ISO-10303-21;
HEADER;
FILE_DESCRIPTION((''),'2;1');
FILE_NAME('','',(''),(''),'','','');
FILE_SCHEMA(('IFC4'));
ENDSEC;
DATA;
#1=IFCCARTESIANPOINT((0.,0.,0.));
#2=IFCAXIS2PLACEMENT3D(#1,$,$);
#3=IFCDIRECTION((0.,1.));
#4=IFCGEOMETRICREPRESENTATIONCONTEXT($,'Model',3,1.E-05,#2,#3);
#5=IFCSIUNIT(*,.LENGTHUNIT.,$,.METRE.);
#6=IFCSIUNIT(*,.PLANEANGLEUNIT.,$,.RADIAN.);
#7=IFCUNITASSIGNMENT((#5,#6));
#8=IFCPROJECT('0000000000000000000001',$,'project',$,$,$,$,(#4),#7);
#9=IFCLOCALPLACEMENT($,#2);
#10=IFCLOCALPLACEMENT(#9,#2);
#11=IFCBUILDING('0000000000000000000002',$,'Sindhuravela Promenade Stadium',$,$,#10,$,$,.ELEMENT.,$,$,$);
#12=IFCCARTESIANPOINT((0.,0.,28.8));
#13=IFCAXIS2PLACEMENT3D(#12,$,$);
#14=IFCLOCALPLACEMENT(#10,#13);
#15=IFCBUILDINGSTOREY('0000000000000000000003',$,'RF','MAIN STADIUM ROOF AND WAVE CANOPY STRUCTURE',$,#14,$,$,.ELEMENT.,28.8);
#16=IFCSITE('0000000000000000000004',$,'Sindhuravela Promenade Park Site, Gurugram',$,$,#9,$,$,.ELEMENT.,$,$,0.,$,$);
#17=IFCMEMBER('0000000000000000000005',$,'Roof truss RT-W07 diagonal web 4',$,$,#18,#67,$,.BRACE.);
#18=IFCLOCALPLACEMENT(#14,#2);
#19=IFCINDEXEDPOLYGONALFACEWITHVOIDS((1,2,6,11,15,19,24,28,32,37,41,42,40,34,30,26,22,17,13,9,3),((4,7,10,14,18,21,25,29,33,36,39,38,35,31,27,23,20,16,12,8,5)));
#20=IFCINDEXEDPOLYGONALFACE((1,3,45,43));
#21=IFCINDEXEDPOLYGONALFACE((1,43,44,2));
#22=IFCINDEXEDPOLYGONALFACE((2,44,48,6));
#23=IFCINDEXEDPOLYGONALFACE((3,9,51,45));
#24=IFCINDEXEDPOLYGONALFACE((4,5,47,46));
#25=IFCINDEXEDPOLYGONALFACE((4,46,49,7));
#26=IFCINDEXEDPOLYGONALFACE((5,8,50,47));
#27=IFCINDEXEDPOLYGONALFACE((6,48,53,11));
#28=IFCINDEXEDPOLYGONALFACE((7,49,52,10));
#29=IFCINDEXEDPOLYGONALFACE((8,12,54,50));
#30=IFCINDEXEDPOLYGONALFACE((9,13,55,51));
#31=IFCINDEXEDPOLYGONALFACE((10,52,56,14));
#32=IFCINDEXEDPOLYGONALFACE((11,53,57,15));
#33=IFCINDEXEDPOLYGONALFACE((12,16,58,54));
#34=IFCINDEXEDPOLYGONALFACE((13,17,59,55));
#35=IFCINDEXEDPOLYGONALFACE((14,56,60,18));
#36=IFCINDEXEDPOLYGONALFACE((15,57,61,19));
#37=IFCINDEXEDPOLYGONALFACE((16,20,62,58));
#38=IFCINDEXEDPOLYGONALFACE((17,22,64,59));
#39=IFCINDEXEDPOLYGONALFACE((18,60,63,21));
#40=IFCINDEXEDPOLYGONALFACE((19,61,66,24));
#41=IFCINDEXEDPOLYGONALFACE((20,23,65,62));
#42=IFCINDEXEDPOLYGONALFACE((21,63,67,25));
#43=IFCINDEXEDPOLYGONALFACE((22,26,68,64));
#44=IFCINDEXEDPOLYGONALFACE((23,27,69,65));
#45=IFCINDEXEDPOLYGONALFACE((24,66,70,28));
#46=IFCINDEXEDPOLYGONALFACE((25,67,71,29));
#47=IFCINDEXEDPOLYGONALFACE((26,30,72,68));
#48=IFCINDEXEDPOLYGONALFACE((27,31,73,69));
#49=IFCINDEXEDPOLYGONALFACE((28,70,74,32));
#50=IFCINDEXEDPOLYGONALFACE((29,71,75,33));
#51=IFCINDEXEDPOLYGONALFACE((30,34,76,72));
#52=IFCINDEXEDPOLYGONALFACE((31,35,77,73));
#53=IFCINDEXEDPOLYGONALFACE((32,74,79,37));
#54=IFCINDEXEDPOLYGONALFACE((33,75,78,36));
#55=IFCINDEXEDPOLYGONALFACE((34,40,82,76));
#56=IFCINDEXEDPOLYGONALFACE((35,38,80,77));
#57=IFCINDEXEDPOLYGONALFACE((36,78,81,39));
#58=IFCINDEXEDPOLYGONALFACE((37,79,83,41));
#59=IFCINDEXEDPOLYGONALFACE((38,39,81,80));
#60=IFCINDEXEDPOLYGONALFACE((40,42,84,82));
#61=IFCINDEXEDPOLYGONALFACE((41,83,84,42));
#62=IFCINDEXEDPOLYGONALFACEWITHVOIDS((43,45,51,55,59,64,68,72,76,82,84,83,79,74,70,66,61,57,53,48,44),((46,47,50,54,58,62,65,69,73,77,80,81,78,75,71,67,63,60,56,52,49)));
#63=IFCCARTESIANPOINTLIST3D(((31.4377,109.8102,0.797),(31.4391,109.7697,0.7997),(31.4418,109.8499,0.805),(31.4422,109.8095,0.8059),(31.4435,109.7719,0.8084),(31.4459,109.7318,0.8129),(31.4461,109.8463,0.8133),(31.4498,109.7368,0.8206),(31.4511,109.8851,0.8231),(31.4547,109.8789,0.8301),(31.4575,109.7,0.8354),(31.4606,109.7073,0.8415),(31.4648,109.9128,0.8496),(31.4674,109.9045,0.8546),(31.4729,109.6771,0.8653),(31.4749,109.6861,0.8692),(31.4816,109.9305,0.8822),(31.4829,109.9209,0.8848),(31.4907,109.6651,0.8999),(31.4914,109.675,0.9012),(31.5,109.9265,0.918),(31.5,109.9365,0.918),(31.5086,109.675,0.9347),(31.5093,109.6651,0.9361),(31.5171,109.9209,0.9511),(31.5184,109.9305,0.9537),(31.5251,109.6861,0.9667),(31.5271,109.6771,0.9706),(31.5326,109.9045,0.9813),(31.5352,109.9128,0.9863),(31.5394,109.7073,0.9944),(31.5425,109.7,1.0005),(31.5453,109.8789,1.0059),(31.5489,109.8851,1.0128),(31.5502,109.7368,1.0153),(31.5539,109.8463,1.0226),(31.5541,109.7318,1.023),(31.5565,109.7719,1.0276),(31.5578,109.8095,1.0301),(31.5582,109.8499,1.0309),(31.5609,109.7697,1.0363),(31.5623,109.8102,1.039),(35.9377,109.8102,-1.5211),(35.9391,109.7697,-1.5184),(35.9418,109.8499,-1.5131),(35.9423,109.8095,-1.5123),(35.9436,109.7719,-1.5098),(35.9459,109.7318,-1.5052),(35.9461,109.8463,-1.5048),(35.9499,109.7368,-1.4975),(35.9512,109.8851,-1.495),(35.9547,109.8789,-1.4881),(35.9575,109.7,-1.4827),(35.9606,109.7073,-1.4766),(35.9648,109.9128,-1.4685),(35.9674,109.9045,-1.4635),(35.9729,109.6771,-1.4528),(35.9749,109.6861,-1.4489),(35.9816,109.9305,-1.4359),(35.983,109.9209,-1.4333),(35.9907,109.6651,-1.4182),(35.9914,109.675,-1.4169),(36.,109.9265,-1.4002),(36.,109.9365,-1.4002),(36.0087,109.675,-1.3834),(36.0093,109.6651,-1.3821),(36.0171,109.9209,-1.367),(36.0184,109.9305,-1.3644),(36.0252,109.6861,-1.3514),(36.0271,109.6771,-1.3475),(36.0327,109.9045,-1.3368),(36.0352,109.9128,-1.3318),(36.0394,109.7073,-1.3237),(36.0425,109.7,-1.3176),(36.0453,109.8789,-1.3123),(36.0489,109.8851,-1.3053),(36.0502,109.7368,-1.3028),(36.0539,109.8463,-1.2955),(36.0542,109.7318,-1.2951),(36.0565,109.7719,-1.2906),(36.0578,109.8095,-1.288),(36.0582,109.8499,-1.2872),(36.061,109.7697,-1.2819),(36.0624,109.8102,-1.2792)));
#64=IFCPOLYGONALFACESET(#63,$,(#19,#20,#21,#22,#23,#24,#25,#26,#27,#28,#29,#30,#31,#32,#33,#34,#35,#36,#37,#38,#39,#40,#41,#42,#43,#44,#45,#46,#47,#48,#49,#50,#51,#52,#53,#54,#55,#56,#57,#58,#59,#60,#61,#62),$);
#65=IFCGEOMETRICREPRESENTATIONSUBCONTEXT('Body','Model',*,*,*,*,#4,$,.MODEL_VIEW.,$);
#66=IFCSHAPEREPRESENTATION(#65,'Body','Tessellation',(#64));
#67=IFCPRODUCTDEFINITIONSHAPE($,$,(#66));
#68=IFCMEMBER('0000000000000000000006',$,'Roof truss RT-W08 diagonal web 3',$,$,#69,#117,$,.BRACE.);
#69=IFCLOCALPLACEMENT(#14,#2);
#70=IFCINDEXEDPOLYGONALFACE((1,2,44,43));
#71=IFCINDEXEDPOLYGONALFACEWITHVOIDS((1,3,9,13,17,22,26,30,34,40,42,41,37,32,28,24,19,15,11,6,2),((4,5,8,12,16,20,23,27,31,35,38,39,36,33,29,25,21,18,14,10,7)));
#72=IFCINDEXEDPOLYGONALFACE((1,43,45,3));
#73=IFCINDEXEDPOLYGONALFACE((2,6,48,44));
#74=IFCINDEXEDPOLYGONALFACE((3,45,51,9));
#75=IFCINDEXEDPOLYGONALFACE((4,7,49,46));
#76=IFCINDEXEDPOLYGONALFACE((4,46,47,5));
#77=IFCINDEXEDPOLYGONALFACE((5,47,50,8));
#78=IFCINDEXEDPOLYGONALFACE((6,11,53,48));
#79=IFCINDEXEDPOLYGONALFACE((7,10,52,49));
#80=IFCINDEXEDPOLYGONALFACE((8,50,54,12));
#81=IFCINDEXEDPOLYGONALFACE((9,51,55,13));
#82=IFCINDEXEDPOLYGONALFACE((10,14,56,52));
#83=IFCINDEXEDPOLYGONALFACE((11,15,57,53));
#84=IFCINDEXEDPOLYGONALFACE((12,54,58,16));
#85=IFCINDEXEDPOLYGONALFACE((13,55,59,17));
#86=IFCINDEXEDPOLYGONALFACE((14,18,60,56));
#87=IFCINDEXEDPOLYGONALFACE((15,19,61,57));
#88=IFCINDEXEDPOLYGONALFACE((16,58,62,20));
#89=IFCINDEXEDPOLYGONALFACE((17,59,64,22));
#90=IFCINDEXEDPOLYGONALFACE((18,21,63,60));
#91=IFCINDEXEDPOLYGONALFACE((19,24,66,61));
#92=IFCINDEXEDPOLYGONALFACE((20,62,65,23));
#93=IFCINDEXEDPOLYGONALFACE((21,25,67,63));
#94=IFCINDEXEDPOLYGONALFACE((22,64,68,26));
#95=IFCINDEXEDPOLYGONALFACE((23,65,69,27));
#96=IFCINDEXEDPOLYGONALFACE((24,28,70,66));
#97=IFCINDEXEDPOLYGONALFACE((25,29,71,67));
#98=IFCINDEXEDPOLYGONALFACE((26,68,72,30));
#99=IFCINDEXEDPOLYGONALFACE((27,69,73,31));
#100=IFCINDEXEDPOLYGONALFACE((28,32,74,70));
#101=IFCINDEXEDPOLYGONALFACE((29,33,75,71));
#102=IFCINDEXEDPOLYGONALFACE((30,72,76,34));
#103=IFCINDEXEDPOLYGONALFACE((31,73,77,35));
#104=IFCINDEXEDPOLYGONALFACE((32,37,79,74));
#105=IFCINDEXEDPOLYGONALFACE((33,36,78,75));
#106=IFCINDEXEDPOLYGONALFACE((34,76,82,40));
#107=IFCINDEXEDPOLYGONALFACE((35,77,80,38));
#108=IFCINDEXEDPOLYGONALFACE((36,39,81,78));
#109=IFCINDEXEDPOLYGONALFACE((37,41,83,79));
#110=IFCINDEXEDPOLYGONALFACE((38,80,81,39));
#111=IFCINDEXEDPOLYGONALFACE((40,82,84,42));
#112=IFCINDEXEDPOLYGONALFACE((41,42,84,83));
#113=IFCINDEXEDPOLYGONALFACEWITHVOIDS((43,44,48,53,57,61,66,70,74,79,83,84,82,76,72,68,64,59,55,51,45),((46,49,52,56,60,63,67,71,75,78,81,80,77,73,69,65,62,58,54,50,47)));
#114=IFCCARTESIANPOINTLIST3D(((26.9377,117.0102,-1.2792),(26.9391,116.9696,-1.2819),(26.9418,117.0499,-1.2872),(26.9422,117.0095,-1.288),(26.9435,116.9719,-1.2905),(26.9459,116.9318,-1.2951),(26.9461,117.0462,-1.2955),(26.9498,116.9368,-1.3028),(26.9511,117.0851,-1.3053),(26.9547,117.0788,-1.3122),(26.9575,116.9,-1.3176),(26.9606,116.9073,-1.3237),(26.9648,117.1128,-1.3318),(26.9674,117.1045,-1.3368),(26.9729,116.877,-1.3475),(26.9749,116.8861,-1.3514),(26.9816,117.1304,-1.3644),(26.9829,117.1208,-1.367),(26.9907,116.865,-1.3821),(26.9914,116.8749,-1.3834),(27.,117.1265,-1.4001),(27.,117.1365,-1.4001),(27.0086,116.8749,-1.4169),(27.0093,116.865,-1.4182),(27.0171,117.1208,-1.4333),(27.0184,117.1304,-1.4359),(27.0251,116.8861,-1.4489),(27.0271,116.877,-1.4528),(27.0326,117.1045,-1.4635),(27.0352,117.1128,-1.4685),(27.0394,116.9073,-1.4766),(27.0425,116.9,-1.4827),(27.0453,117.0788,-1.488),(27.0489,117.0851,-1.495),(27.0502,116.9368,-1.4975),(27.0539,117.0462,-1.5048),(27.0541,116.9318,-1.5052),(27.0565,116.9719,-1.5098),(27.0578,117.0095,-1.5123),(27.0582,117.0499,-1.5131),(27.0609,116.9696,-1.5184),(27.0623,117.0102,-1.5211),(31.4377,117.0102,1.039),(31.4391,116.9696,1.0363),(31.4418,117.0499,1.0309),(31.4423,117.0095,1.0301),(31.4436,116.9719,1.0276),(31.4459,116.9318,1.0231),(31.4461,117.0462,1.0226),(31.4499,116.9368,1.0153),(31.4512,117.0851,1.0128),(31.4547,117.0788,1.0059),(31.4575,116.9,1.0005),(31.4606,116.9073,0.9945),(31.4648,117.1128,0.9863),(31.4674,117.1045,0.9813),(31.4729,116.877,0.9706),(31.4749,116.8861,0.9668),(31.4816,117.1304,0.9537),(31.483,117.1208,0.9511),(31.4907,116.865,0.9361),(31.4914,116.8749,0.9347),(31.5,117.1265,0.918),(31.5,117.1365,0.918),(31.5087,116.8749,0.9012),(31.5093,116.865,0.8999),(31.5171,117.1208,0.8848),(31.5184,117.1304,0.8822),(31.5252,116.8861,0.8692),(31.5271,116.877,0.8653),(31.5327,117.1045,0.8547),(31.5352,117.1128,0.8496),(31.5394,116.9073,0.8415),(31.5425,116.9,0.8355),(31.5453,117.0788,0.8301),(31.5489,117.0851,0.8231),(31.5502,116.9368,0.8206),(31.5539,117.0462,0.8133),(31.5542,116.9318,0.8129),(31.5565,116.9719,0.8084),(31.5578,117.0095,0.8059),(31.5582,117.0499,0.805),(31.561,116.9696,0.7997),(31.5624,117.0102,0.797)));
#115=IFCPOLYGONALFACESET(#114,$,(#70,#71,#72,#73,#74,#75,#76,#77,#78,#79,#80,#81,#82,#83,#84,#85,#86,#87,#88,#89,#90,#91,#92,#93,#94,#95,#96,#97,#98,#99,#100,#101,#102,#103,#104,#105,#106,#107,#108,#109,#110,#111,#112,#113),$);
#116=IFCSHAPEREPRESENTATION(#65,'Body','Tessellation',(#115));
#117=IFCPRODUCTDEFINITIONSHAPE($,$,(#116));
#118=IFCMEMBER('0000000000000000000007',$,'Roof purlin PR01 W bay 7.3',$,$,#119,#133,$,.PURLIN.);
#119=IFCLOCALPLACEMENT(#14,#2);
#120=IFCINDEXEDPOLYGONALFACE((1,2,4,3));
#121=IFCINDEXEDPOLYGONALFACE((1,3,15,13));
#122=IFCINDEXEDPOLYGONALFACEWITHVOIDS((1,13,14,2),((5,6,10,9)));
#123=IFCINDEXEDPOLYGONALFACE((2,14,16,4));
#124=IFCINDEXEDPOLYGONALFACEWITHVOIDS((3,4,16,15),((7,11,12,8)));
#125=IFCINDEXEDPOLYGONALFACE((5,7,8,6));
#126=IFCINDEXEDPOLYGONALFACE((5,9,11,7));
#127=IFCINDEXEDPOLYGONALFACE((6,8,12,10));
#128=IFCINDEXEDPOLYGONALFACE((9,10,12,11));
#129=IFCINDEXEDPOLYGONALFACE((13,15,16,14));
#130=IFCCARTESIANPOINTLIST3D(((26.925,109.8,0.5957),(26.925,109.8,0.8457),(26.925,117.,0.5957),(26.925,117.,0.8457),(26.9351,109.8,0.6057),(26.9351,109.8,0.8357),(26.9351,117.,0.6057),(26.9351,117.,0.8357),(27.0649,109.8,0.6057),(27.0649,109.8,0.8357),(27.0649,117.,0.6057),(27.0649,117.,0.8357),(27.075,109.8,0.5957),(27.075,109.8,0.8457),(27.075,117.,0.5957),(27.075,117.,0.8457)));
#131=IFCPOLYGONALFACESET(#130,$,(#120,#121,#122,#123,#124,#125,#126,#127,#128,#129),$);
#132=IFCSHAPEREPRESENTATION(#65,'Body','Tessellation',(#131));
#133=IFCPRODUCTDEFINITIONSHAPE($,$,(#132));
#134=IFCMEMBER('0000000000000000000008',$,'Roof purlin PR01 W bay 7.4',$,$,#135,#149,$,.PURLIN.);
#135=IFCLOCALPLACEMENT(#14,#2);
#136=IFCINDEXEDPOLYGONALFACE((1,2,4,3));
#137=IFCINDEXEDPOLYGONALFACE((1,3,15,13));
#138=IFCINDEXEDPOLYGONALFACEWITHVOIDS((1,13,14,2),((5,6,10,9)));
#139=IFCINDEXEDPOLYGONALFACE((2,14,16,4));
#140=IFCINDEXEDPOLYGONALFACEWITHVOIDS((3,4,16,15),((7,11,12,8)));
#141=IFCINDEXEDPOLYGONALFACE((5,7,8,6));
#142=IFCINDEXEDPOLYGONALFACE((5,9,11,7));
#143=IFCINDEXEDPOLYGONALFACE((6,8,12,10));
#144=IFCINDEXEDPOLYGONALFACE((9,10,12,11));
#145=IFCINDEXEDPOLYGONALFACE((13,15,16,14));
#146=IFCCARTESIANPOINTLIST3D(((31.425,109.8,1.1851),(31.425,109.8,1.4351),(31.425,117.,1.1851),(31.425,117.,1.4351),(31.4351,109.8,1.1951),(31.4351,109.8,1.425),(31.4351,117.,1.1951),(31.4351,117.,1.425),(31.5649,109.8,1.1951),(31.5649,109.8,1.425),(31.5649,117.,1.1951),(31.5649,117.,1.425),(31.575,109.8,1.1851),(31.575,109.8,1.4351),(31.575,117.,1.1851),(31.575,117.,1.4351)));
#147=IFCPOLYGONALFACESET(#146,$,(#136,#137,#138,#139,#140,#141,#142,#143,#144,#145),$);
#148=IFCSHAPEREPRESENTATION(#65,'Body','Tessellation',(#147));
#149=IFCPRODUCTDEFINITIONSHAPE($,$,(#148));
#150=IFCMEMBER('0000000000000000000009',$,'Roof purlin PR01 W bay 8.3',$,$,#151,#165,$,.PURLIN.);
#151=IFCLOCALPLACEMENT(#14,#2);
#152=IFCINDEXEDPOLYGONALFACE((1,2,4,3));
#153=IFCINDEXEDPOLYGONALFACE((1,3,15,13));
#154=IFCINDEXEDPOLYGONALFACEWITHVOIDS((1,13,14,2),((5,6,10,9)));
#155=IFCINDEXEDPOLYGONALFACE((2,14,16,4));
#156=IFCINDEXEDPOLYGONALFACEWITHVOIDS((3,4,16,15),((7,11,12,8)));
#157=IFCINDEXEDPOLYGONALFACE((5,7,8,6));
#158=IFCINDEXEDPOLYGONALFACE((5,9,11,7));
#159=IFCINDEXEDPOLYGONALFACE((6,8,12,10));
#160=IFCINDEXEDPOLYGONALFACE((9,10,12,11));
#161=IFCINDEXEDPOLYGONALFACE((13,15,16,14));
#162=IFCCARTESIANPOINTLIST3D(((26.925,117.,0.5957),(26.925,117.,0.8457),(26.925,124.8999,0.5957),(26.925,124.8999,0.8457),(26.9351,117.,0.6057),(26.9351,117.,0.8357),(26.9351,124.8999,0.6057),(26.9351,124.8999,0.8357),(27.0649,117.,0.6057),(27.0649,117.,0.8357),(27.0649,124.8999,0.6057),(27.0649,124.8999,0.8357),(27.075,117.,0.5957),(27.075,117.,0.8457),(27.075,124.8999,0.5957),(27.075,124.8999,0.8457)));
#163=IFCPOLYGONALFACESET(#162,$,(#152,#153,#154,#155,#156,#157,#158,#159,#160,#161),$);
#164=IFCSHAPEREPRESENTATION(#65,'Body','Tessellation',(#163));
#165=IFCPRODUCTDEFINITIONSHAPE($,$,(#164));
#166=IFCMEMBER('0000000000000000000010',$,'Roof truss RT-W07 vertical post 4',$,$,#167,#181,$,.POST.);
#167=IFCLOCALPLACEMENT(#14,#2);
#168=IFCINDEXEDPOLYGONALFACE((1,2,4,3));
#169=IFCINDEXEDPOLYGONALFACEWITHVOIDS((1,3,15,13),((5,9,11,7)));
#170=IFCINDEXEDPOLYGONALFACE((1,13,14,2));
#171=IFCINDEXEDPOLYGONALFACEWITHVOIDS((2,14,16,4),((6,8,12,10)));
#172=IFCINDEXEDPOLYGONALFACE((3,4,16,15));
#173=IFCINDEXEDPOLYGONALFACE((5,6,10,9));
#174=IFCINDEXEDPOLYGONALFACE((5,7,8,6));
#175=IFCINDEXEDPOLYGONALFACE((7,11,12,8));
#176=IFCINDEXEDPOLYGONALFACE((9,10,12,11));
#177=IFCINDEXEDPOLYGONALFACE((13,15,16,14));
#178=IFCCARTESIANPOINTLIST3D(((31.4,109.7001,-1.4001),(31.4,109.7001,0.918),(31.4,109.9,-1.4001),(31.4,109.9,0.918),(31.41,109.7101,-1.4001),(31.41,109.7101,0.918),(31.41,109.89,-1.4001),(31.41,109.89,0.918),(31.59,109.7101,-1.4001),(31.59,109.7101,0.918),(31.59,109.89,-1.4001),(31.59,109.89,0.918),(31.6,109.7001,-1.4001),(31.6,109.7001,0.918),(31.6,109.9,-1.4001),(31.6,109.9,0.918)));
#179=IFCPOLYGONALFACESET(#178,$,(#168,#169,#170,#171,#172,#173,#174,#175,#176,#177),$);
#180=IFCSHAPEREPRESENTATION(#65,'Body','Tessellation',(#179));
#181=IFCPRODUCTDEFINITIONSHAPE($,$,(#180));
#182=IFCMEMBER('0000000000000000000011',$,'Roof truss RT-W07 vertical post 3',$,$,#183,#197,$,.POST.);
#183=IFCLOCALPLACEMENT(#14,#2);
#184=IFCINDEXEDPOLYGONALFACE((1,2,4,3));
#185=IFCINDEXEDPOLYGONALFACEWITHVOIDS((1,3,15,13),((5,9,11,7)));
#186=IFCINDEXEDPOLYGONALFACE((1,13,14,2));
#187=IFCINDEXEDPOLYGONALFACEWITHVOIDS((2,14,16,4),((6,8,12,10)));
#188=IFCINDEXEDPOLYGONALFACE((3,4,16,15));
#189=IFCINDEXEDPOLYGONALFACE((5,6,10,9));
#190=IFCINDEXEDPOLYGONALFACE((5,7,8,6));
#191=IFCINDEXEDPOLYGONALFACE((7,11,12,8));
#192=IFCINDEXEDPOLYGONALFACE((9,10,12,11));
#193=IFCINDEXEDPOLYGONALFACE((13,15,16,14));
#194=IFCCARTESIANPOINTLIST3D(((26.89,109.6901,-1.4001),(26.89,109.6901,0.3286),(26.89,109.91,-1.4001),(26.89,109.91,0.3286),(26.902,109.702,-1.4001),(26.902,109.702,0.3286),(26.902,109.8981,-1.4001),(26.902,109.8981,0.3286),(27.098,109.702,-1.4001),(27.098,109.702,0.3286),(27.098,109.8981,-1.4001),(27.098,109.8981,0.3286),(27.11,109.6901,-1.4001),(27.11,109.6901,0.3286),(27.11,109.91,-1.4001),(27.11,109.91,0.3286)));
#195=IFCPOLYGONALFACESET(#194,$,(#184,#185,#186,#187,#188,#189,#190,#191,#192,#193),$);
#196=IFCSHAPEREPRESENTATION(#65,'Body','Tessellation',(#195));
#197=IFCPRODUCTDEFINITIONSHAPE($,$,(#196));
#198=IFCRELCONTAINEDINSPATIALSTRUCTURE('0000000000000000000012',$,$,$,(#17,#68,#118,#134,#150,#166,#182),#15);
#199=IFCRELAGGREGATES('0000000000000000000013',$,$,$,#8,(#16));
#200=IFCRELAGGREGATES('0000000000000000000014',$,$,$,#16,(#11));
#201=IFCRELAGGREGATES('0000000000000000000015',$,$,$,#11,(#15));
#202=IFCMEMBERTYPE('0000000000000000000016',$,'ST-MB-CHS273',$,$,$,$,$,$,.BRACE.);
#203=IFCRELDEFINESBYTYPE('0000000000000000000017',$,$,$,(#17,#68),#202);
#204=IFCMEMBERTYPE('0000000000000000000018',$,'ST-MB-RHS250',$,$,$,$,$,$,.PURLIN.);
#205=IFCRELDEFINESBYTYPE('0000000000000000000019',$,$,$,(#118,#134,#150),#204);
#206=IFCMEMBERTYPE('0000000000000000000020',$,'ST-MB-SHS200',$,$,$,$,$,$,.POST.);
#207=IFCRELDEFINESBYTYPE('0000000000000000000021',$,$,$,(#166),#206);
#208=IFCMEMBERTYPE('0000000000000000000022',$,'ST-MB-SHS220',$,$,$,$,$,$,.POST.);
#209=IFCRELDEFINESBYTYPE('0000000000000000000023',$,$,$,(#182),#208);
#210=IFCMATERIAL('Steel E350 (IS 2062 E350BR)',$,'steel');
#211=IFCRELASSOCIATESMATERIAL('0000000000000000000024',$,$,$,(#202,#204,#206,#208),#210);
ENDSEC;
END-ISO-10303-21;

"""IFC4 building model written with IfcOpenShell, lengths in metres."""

from ifc_helpers import new_model, si_unit, direction, frame, origin, origin_2d, place, context, subcontext, project, spatial, hollow_rectangle, hollow_circle, extrude, material, material_profile, profile_set, type_object, element, save


model = new_model("IFC4")

# Units and contexts
model_context = context("Model", 3, precision=1e-05, world=origin(), true_north=direction((0.0, 1.0)))
body_context = subcontext(model_context, "Body", "Model", "MODEL_VIEW")
ifc_project = project(units=[si_unit("LENGTHUNIT", "METRE"), si_unit("PLANEANGLEUNIT", "RADIAN")], contexts=[model_context])

# Site, building, storey
site_placement = place(None, origin())
site = spatial("IfcSite", under=ifc_project, at=site_placement, Name="Sindhuravela Promenade Park Site, Gurugram", CompositionType="ELEMENT", RefElevation=0.0)
building_placement = place(site_placement, origin())
building = spatial("IfcBuilding", under=site, at=building_placement, Name="Sindhuravela Promenade Stadium", CompositionType="ELEMENT")
storey_placement = place(building_placement, frame((0.0, 0.0, 28.8)))
storey = spatial("IfcBuildingStorey", under=building, at=storey_placement, Name="RF", Description="MAIN STADIUM ROOF AND WAVE CANOPY STRUCTURE", CompositionType="ELEMENT", Elevation=28.8)

# Shared definitions
ifc_material_1 = material(Name="Steel E350 (IS 2062 E350BR)", Category="steel")

# Members
ifc_material_profile_1 = material_profile(ifc_material_1, hollow_circle(Radius=0.1365, WallThickness=0.01, at=origin_2d()), Name="CHS 273.0x10")
ifc_profile_set_1 = profile_set([ifc_material_profile_1], Name="Steel E350 (IS 2062 E350BR)")
member_type_1 = type_object("IfcMemberType", Name="ST-MB-CHS273", PredefinedType="BRACE", material=ifc_profile_set_1)
for number, where, z_axis, x_axis, name in (
    (1, (31.5, 109.8, 0.918), (0.88898, 0.0, -0.457946), (0.0, 1.0, 0.0), "Roof truss RT-W07 diagonal web 4"),
    (2, (27.0, 117.0, -1.4001), (0.88898, 0.0, 0.457946), (0.0, 1.0, 0.0), "Roof truss RT-W08 diagonal web 3"),
):
    element("IfcMember", number, at=place(storey_placement, frame(where, z_axis=z_axis, x_axis=x_axis)), inside=storey, type_object=member_type_1, Name=name, PredefinedType="BRACE", context=body_context, shape_type="SweptSolid", body=[
        extrude(hollow_circle(Radius=0.1365, WallThickness=0.01, at=origin_2d()), origin(), (0.0, 0.0, 1.0), 5.062),
    ])
ifc_material_profile_2 = material_profile(ifc_material_1, hollow_rectangle(XDim=0.1499, YDim=0.25, WallThickness=0.01, at=origin_2d()), Name="RHS 250x150x10")
ifc_profile_set_2 = profile_set([ifc_material_profile_2], Name="Steel E350 (IS 2062 E350BR)")
member_type_2 = type_object("IfcMemberType", Name="ST-MB-RHS250", PredefinedType="PURLIN", material=ifc_profile_set_2)
for number, where, z_axis, x_axis, name in (
    (3, (27.0, 109.8, 0.7207), (0.0, 1.0, 0.0), (-1.0, 0.0, 0.0), "Roof purlin PR01 W bay 7.3"),
    (4, (31.5, 109.8, 1.3101), (0.0, 1.0, 0.0), (-1.0, 0.0, 0.0), "Roof purlin PR01 W bay 7.4"),
):
    element("IfcMember", number, at=place(storey_placement, frame(where, z_axis=z_axis, x_axis=x_axis)), inside=storey, type_object=member_type_2, Name=name, PredefinedType="PURLIN", context=body_context, shape_type="SweptSolid", body=[
        extrude(hollow_rectangle(XDim=0.1499, YDim=0.25, WallThickness=0.01, at=origin_2d()), origin(), (0.0, 0.0, 1.0), 7.2),
    ])
member_1_placement = place(storey_placement, frame((27.0, 117.0, 0.7207), z_axis=(0.0, 1.0, 0.0), x_axis=(-1.0, 0.0, 0.0)))
element("IfcMember", 5, at=member_1_placement, inside=storey, type_object=member_type_2, Name="Roof purlin PR01 W bay 8.3", PredefinedType="PURLIN", context=body_context, shape_type="SweptSolid", body=[
    extrude(hollow_rectangle(XDim=0.1499, YDim=0.25, WallThickness=0.01, at=origin_2d()), origin(), (0.0, 0.0, 1.0), 7.8999),
])
ifc_material_profile_3 = material_profile(ifc_material_1, hollow_rectangle(XDim=0.2, YDim=0.2, WallThickness=0.01, at=origin_2d()), Name="SHS 200x200x10")
ifc_profile_set_3 = profile_set([ifc_material_profile_3], Name="Steel E350 (IS 2062 E350BR)")
member_type_3 = type_object("IfcMemberType", Name="ST-MB-SHS200", PredefinedType="POST", material=ifc_profile_set_3)
member_2_placement = place(storey_placement, frame((31.5, 109.8, -1.4001), z_axis=(0.0, 0.0, 1.0), x_axis=(1.0, 0.0, 0.0)))
element("IfcMember", 6, at=member_2_placement, inside=storey, type_object=member_type_3, Name="Roof truss RT-W07 vertical post 4", PredefinedType="POST", context=body_context, shape_type="SweptSolid", body=[
    extrude(hollow_rectangle(XDim=0.2, YDim=0.2, WallThickness=0.01, at=origin_2d()), origin(), (0.0, 0.0, 1.0), 2.3181),
])
ifc_material_profile_4 = material_profile(ifc_material_1, hollow_rectangle(XDim=0.22, YDim=0.22, WallThickness=0.012, at=origin_2d()), Name="SHS 220x220x12")
ifc_profile_set_4 = profile_set([ifc_material_profile_4], Name="Steel E350 (IS 2062 E350BR)")
member_type_4 = type_object("IfcMemberType", Name="ST-MB-SHS220", PredefinedType="POST", material=ifc_profile_set_4)
for number, where, z_axis, x_axis, name in (
    (7, (27.0, 109.8, -1.4001), (0.0, 0.0, 1.0), (1.0, 0.0, 0.0), "Roof truss RT-W07 vertical post 3"),
):
    element("IfcMember", number, at=place(storey_placement, frame(where, z_axis=z_axis, x_axis=x_axis)), inside=storey, type_object=member_type_4, Name=name, PredefinedType="POST", context=body_context, shape_type="SweptSolid", body=[
        extrude(hollow_rectangle(XDim=0.22, YDim=0.22, WallThickness=0.012, at=origin_2d()), origin(), (0.0, 0.0, 1.0), 1.7288),
    ])

save(model, "model.ifc")
